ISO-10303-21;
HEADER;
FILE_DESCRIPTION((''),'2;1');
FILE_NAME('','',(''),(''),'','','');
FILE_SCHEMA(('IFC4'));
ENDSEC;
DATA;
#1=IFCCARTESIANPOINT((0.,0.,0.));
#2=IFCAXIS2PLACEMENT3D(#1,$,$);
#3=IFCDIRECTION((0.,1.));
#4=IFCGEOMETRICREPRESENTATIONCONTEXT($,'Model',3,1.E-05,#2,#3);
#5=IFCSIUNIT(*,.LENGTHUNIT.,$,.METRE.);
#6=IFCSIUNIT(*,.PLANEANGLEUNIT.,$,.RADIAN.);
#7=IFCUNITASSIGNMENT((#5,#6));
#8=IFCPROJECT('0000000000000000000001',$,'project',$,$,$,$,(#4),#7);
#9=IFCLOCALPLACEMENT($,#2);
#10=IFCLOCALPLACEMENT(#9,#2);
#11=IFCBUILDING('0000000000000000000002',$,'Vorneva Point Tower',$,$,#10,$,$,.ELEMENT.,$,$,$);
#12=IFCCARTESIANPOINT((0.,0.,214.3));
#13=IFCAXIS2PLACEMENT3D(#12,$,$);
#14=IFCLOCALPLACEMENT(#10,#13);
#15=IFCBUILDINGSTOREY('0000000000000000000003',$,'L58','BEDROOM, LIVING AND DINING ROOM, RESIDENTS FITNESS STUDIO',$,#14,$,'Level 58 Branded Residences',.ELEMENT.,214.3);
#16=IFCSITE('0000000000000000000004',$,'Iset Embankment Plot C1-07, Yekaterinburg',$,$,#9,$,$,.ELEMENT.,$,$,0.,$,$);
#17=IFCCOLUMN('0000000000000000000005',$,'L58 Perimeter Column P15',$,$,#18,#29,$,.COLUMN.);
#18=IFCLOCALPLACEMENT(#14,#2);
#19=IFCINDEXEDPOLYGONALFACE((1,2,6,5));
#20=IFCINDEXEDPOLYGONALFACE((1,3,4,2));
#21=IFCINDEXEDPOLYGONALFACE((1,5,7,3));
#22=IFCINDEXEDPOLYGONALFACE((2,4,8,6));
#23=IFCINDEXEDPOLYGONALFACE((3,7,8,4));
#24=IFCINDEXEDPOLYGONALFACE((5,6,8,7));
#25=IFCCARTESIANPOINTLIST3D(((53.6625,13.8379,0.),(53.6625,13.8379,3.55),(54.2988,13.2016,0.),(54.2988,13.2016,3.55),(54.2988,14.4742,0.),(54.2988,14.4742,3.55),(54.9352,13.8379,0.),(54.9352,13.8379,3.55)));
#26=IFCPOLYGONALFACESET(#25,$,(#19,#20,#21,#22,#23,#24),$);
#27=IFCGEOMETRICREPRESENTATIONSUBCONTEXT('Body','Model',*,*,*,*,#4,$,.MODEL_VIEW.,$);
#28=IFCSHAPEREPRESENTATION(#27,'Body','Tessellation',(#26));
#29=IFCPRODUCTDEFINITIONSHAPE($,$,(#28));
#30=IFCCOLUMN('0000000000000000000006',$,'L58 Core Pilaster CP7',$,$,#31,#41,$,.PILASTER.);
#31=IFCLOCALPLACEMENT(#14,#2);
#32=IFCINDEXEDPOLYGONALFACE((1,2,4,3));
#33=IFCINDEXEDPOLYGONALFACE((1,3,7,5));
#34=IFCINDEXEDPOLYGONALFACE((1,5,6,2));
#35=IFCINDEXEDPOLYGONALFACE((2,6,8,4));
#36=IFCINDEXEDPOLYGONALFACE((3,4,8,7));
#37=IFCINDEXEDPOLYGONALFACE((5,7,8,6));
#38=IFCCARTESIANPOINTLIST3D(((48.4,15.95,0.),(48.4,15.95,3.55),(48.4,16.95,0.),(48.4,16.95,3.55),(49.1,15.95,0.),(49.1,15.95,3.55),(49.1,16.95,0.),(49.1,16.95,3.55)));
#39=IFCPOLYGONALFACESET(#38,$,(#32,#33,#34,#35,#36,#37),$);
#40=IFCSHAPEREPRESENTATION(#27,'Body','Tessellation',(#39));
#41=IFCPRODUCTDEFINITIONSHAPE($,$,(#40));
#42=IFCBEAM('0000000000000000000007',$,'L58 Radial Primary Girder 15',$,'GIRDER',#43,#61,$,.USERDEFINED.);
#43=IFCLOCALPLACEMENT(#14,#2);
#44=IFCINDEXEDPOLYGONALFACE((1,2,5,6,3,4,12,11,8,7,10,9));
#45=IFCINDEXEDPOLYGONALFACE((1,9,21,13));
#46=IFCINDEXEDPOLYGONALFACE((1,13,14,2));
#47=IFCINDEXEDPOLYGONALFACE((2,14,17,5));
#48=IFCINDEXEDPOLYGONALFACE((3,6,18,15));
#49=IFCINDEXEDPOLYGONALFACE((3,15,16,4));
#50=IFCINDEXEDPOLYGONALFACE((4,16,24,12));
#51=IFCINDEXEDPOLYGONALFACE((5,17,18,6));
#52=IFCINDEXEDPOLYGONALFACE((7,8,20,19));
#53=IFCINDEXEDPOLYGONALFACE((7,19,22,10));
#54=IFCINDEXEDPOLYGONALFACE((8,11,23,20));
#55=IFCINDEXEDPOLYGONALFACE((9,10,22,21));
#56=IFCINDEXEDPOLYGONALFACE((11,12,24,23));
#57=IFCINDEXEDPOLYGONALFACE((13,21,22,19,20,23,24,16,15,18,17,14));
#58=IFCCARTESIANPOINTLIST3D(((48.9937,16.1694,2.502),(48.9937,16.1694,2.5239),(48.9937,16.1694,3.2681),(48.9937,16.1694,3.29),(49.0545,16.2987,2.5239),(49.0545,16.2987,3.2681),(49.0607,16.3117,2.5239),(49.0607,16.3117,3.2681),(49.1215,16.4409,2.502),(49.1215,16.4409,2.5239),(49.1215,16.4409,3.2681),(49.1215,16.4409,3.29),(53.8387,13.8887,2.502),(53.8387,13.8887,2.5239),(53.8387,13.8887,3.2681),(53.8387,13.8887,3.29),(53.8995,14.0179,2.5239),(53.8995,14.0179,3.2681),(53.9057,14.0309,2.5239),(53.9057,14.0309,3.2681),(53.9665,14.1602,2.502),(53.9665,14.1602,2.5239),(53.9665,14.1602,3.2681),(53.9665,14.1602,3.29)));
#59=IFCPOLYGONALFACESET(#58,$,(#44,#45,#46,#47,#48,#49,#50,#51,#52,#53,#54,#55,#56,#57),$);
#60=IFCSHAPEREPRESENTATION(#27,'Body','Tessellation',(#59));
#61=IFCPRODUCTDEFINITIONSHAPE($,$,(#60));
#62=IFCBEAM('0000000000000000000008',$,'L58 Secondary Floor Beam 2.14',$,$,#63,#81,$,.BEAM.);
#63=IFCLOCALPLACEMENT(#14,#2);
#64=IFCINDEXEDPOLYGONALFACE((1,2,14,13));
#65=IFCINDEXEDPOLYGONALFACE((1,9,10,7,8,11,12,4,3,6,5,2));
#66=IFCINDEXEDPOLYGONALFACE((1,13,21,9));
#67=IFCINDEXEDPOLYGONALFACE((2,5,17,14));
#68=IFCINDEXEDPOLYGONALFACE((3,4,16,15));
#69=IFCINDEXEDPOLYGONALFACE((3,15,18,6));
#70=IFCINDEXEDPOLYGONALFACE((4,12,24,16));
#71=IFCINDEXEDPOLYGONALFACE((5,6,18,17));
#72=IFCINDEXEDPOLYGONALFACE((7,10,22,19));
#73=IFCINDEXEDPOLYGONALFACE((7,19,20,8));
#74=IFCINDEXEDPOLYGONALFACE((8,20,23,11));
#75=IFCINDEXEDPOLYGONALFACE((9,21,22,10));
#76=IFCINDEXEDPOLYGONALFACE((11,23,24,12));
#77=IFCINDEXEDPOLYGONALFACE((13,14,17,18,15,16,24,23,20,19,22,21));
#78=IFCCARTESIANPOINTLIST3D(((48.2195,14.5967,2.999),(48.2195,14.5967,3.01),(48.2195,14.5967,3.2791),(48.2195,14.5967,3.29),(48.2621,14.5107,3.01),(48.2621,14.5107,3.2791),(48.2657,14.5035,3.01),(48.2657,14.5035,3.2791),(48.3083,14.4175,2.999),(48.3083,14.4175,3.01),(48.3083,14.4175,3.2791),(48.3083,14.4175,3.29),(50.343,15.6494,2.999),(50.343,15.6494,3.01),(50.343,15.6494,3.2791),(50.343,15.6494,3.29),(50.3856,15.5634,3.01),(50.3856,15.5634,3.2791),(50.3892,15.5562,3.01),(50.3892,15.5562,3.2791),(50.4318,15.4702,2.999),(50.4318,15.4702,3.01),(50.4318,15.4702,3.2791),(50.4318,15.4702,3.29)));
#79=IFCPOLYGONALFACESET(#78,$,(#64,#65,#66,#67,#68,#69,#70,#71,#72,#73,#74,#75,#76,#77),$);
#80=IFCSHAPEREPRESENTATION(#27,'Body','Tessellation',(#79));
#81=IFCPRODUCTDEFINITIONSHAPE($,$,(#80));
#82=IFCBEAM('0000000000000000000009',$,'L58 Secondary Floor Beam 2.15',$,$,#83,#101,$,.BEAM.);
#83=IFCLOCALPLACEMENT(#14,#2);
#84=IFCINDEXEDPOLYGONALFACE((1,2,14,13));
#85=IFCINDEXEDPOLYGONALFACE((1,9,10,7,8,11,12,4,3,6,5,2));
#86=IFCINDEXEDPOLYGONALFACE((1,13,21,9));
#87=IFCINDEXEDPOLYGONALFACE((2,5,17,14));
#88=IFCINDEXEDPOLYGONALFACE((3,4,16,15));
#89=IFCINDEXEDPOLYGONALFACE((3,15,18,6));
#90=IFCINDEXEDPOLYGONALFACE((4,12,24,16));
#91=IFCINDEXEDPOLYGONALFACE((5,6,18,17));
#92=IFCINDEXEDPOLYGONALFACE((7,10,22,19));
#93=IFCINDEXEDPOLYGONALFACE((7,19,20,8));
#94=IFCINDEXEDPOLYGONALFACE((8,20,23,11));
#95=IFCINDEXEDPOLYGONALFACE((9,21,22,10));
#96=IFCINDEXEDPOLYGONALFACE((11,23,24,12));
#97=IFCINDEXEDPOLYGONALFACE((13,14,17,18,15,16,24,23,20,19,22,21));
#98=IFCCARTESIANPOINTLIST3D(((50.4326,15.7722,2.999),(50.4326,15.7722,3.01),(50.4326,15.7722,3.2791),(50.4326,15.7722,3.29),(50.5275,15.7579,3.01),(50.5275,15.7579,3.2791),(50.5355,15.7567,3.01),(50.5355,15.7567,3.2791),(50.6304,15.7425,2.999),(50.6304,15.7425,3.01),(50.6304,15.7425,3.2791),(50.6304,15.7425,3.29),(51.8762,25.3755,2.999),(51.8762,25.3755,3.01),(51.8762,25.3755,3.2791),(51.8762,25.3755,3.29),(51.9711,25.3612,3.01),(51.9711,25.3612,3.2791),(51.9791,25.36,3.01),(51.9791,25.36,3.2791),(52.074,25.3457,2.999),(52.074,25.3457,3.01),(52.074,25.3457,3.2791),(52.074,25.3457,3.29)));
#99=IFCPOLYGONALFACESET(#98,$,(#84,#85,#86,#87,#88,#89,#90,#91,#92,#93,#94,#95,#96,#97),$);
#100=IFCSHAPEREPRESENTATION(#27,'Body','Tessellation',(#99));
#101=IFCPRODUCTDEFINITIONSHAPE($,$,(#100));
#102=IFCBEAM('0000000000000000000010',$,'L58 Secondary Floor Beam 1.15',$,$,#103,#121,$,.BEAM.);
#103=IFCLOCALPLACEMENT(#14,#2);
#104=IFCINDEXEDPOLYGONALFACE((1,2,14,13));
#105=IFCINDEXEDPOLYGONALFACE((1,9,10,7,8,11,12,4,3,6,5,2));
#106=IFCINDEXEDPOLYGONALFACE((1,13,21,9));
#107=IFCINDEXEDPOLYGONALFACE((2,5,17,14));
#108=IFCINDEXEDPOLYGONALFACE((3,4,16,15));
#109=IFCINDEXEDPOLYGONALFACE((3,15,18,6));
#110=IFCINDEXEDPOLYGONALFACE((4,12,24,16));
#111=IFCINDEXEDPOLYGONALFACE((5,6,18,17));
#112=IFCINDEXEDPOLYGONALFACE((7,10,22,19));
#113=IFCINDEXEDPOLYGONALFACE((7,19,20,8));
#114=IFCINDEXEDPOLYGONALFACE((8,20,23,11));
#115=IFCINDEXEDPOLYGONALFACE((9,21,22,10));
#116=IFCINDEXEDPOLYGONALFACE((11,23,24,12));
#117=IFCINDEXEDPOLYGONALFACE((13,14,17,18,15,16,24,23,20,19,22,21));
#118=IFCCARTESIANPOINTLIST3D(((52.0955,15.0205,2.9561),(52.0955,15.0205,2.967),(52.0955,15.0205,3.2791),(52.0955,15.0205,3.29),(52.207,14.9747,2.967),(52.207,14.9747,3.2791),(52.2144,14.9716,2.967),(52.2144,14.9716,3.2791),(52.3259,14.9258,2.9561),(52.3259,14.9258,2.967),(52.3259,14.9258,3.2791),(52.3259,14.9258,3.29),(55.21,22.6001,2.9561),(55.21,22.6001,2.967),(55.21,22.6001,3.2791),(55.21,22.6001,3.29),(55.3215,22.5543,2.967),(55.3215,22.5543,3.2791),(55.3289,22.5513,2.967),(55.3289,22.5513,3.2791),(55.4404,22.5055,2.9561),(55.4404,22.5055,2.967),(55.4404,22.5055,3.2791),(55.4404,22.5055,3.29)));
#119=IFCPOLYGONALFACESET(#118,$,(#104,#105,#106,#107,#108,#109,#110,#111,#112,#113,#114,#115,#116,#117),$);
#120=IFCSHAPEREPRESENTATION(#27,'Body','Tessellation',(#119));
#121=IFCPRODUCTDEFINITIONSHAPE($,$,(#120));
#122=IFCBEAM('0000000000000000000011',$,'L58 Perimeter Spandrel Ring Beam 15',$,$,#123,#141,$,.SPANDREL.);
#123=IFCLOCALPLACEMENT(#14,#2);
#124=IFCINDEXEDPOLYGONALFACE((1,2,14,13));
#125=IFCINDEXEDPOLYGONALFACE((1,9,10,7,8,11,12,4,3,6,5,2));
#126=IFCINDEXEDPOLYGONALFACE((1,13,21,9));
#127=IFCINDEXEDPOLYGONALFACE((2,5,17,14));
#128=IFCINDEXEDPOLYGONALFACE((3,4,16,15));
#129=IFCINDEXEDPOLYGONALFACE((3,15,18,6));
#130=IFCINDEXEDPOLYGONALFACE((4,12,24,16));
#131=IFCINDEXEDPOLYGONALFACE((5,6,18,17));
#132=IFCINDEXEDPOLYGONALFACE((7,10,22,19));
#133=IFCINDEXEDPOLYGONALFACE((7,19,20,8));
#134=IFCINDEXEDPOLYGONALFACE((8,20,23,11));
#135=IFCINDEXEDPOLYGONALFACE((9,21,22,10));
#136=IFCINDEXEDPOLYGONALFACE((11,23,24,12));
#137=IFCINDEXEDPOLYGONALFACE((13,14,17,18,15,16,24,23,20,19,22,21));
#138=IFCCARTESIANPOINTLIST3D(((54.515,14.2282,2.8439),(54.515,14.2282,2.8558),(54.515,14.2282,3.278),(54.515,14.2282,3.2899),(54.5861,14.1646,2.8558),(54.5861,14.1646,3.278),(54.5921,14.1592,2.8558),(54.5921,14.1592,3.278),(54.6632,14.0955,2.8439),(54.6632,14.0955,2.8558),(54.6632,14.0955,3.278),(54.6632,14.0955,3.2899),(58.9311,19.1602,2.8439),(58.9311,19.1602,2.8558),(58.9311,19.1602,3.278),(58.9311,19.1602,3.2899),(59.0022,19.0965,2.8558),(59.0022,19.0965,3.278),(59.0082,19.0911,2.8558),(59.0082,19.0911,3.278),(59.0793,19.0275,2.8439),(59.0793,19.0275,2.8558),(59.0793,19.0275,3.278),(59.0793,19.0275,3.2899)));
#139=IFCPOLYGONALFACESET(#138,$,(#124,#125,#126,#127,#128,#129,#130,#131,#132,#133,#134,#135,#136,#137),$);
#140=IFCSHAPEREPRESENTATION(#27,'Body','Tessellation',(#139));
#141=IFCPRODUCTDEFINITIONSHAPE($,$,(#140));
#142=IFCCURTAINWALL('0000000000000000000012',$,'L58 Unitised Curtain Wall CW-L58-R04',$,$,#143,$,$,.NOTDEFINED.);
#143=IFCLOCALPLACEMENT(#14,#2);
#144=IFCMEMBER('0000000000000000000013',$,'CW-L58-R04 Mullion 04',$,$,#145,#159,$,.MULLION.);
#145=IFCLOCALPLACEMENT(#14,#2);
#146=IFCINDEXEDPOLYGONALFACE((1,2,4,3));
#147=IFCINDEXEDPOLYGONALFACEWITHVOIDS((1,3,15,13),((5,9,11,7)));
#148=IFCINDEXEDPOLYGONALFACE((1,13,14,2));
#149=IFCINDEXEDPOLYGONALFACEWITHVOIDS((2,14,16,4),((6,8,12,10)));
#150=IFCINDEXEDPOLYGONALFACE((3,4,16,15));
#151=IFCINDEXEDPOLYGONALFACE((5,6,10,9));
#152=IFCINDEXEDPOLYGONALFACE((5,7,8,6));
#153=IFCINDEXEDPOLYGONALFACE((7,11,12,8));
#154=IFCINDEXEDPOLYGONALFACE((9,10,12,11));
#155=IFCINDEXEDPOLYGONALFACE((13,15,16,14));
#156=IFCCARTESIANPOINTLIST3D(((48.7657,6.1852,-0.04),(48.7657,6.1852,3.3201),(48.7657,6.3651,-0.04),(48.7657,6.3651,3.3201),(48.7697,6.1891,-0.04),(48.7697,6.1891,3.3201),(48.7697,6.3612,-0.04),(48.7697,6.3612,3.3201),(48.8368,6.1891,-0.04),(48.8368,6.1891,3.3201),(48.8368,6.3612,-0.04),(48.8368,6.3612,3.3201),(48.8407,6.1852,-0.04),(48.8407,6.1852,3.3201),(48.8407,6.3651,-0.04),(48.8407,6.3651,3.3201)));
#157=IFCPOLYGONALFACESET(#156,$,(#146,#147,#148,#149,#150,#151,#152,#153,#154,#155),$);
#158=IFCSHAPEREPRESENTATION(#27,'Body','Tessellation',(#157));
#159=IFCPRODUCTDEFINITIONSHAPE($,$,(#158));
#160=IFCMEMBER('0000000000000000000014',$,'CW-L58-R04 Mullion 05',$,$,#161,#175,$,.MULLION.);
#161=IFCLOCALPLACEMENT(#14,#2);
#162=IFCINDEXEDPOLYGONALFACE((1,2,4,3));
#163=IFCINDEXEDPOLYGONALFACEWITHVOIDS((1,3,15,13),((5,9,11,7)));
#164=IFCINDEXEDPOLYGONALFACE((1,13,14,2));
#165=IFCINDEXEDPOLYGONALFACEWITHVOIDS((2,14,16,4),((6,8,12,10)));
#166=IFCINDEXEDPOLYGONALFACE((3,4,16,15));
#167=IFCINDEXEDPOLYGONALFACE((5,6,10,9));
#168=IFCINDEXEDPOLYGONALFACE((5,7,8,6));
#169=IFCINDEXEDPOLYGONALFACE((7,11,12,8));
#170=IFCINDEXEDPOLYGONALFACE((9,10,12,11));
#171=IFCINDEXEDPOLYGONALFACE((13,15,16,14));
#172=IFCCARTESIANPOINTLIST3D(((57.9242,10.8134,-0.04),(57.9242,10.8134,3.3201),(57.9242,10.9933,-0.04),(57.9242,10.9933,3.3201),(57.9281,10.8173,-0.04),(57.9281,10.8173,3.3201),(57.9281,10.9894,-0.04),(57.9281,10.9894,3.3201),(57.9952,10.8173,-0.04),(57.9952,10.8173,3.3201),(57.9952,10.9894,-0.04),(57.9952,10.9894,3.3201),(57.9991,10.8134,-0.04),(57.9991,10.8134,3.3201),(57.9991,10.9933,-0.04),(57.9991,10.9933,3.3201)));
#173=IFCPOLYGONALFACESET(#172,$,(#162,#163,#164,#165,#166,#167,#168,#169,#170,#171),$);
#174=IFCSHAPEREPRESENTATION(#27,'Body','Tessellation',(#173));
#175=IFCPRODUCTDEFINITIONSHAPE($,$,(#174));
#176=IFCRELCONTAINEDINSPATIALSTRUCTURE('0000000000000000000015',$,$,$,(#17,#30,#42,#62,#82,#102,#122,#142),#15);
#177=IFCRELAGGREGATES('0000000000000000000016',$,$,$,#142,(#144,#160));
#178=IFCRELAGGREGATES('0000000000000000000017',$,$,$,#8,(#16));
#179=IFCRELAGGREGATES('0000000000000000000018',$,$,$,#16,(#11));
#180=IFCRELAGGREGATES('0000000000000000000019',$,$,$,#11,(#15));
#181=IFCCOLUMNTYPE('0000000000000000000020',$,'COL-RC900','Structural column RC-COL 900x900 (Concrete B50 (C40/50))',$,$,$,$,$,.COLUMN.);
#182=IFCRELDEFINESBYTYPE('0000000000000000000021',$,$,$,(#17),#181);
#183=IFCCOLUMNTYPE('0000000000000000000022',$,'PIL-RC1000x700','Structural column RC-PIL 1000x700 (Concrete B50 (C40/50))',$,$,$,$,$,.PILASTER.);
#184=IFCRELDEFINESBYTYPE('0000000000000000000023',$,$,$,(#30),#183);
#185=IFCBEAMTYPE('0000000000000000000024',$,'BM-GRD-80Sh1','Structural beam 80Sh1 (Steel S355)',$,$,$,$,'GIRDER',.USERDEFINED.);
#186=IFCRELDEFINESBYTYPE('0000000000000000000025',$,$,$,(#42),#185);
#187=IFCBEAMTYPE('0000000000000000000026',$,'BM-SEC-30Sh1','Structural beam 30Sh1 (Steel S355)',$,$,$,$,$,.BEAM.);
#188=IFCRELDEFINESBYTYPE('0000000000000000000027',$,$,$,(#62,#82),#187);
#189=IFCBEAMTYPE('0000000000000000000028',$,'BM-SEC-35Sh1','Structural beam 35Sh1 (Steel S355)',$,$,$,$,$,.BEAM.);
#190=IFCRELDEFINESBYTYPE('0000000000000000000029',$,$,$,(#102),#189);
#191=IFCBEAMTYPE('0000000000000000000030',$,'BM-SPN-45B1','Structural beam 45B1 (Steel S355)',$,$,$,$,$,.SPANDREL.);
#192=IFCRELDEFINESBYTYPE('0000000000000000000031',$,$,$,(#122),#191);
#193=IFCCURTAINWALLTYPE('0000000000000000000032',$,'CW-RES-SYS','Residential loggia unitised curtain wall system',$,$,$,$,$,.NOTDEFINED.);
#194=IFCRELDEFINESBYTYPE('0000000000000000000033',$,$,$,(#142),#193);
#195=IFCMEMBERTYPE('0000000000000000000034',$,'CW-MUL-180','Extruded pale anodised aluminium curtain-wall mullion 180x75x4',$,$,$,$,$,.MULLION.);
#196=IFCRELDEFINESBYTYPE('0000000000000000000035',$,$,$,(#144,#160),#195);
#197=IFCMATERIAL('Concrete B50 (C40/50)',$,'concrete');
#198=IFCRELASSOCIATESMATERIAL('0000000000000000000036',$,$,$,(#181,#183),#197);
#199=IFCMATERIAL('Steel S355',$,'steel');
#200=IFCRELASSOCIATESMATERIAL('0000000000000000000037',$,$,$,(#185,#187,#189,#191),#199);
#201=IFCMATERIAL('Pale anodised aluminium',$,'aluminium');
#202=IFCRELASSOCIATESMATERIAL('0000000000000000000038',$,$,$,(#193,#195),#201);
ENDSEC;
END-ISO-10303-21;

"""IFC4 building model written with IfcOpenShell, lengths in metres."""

from ifc_helpers import new_model, si_unit, direction, frame, origin, origin_2d, place, context, subcontext, project, spatial, rectangle, hollow_rectangle, i_section, extrude, material, material_profile, profile_set, type_object, element, aggregate, save


model = new_model("IFC4")

# Units and contexts
model_context = context("Model", 3, precision=1e-05, world=origin(), true_north=direction((0.0, 1.0)))
body_context = subcontext(model_context, "Body", "Model", "MODEL_VIEW")
ifc_project = project(units=[si_unit("LENGTHUNIT", "METRE"), si_unit("PLANEANGLEUNIT", "RADIAN")], contexts=[model_context])

# Site, building, storey
site_placement = place(None, origin())
site = spatial("IfcSite", under=ifc_project, at=site_placement, Name="Iset Embankment Plot C1-07, Yekaterinburg", CompositionType="ELEMENT", RefElevation=0.0)
building_placement = place(site_placement, origin())
building = spatial("IfcBuilding", under=site, at=building_placement, Name="Vorneva Point Tower", CompositionType="ELEMENT")
storey_placement = place(building_placement, frame((0.0, 0.0, 214.3)))
storey = spatial("IfcBuildingStorey", under=building, at=storey_placement, Name="L58", Description="BEDROOM, LIVING AND DINING ROOM, RESIDENTS FITNESS STUDIO", LongName="Level 58 Branded Residences", CompositionType="ELEMENT", Elevation=214.3)

# Columns
ifc_material_1 = material(Name="Concrete B50 (C40/50)", Category="concrete")
ifc_material_profile_1 = material_profile(ifc_material_1, rectangle(XDim=0.8999, YDim=0.8999, at=origin_2d()), Name="RC-COL 900x900")
ifc_profile_set_1 = profile_set([ifc_material_profile_1], Name="Concrete B50 (C40/50)")
column_type_1 = type_object("IfcColumnType", Name="COL-RC900", Description="Structural column RC-COL 900x900 (Concrete B50 (C40/50))", PredefinedType="COLUMN", material=ifc_profile_set_1)
column_1_placement = place(storey_placement, frame((54.2988, 13.8379, 0.0), z_axis=(0.0, 0.0, 1.0), x_axis=(0.707107, -0.707107, 0.0)))
element("IfcColumn", 1, at=column_1_placement, inside=storey, type_object=column_type_1, Name="L58 Perimeter Column P15", PredefinedType="COLUMN", context=body_context, shape_type="SweptSolid", body=[
    extrude(rectangle(XDim=0.8999, YDim=0.8999, at=origin_2d()), origin(), (0.0, 0.0, 1.0), 3.55),
])
ifc_material_profile_2 = material_profile(ifc_material_1, rectangle(XDim=0.7, YDim=1.0, at=origin_2d()), Name="RC-PIL 1000x700")
ifc_profile_set_2 = profile_set([ifc_material_profile_2], Name="Concrete B50 (C40/50)")
column_type_2 = type_object("IfcColumnType", Name="PIL-RC1000x700", Description="Structural column RC-PIL 1000x700 (Concrete B50 (C40/50))", PredefinedType="PILASTER", material=ifc_profile_set_2)
column_2_placement = place(storey_placement, frame((48.75, 16.45, 0.0), z_axis=(0.0, 0.0, 1.0), x_axis=(1.0, 0.0, 0.0)))
element("IfcColumn", 2, at=column_2_placement, inside=storey, type_object=column_type_2, Name="L58 Core Pilaster CP7", PredefinedType="PILASTER", context=body_context, shape_type="SweptSolid", body=[
    extrude(rectangle(XDim=0.7, YDim=1.0, at=origin_2d()), origin(), (0.0, 0.0, 1.0), 3.55),
])

# Beams
ifc_material_2 = material(Name="Steel S355", Category="steel")
ifc_material_profile_3 = material_profile(ifc_material_2, i_section(OverallWidth=0.3, OverallDepth=0.7881, WebThickness=0.0144, FlangeThickness=0.022, at=origin_2d()), Name="80Sh1")
ifc_profile_set_3 = profile_set([ifc_material_profile_3], Name="Steel S355")
beam_type_1 = type_object("IfcBeamType", Name="BM-GRD-80Sh1", Description="Structural beam 80Sh1 (Steel S355)", ElementType="GIRDER", PredefinedType="USERDEFINED", material=ifc_profile_set_3)
beam_1_placement = place(storey_placement, frame((53.9026, 14.0244, 2.896), z_axis=(-0.904763, 0.425916, 0.0), x_axis=(-0.425916, -0.904763, 0.0)))
element("IfcBeam", 3, at=beam_1_placement, inside=storey, type_object=beam_type_1, Name="L58 Radial Primary Girder 15", ObjectType="GIRDER", PredefinedType="USERDEFINED", context=body_context, shape_type="SweptSolid", body=[
    extrude(i_section(OverallWidth=0.3, OverallDepth=0.7881, WebThickness=0.0144, FlangeThickness=0.022, at=origin_2d()), origin(), (0.0, 0.0, 1.0), 5.355),
])
ifc_material_profile_4 = material_profile(ifc_material_2, i_section(OverallWidth=0.2, OverallDepth=0.291, WebThickness=0.0081, FlangeThickness=0.011, at=origin_2d()), Name="30Sh1")
ifc_profile_set_4 = profile_set([ifc_material_profile_4], Name="Steel S355")
beam_type_2 = type_object("IfcBeamType", Name="BM-SEC-30Sh1", Description="Structural beam 30Sh1 (Steel S355)", PredefinedType="BEAM", material=ifc_profile_set_4)
beam_2_placement = place(storey_placement, frame((48.2639, 14.5071, 3.1445), z_axis=(0.895946, 0.444162, 0.0), x_axis=(-0.444162, 0.895946, 0.0)))
element("IfcBeam", 4, at=beam_2_placement, inside=storey, type_object=beam_type_2, Name="L58 Secondary Floor Beam 2.14", PredefinedType="BEAM", context=body_context, shape_type="SweptSolid", body=[
    extrude(i_section(OverallWidth=0.2, OverallDepth=0.291, WebThickness=0.0081, FlangeThickness=0.011, at=origin_2d()), origin(), (0.0, 0.0, 1.0), 2.3701),
])
beam_3_placement = place(storey_placement, frame((50.5315, 15.7573, 3.1445), z_axis=(0.148654, 0.988889, 0.0), x_axis=(-0.988889, 0.148654, 0.0)))
element("IfcBeam", 5, at=beam_3_placement, inside=storey, type_object=beam_type_2, Name="L58 Secondary Floor Beam 2.15", PredefinedType="BEAM", context=body_context, shape_type="SweptSolid", body=[
    extrude(i_section(OverallWidth=0.2, OverallDepth=0.291, WebThickness=0.0081, FlangeThickness=0.011, at=origin_2d()), origin(), (0.0, 0.0, 1.0), 9.7112),
])
ifc_material_profile_5 = material_profile(ifc_material_2, i_section(OverallWidth=0.249, OverallDepth=0.334, WebThickness=0.0081, FlangeThickness=0.011, at=origin_2d()), Name="35Sh1")
ifc_profile_set_5 = profile_set([ifc_material_profile_5], Name="Steel S355")
beam_type_3 = type_object("IfcBeamType", Name="BM-SEC-35Sh1", Description="Structural beam 35Sh1 (Steel S355)", PredefinedType="BEAM", material=ifc_profile_set_5)
beam_4_placement = place(storey_placement, frame((52.2107, 14.9731, 3.123), z_axis=(0.380071, 0.924957, 0.0), x_axis=(-0.924957, 0.380071, 0.0)))
element("IfcBeam", 6, at=beam_4_placement, inside=storey, type_object=beam_type_3, Name="L58 Secondary Floor Beam 1.15", PredefinedType="BEAM", context=body_context, shape_type="SweptSolid", body=[
    extrude(i_section(OverallWidth=0.249, OverallDepth=0.334, WebThickness=0.0081, FlangeThickness=0.011, at=origin_2d()), origin(), (0.0, 0.0, 1.0), 8.1946),
])
ifc_material_profile_6 = material_profile(ifc_material_2, i_section(OverallWidth=0.199, OverallDepth=0.446, WebThickness=0.0081, FlangeThickness=0.012, at=origin_2d()), Name="45B1")
ifc_profile_set_6 = profile_set([ifc_material_profile_6], Name="Steel S355")
beam_type_4 = type_object("IfcBeamType", Name="BM-SPN-45B1", Description="Structural beam 45B1 (Steel S355)", PredefinedType="SPANDREL", material=ifc_profile_set_6)
beam_5_placement = place(storey_placement, frame((54.5891, 14.1619, 3.0669), z_axis=(0.66707, 0.744995, 0.0), x_axis=(-0.744995, 0.66707, 0.0)))
element("IfcBeam", 7, at=beam_5_placement, inside=storey, type_object=beam_type_4, Name="L58 Perimeter Spandrel Ring Beam 15", PredefinedType="SPANDREL", context=body_context, shape_type="SweptSolid", body=[
    extrude(i_section(OverallWidth=0.199, OverallDepth=0.446, WebThickness=0.0081, FlangeThickness=0.012, at=origin_2d()), origin(), (0.0, 0.0, 1.0), 6.6201),
])

# Curtain wall, members
ifc_material_3 = material(Name="Pale anodised aluminium", Category="aluminium")
curtain_wall_type = type_object("IfcCurtainWallType", Name="CW-RES-SYS", Description="Residential loggia unitised curtain wall system", PredefinedType="NOTDEFINED", material=ifc_material_3)
curtain_wall_placement = place(storey_placement, origin())
curtain_wall = element("IfcCurtainWall", 8, at=curtain_wall_placement, inside=storey, type_object=curtain_wall_type, Name="L58 Unitised Curtain Wall CW-L58-R04", PredefinedType="NOTDEFINED")
ifc_material_profile_7 = material_profile(ifc_material_3, hollow_rectangle(XDim=0.075, YDim=0.1799, WallThickness=0.0039, at=origin_2d()), Name="AL-MUL 180x75x4")
ifc_profile_set_7 = profile_set([ifc_material_profile_7], Name="Pale anodised aluminium")
member_type_1 = type_object("IfcMemberType", Name="CW-MUL-180", Description="Extruded pale anodised aluminium curtain-wall mullion 180x75x4", PredefinedType="MULLION", material=ifc_profile_set_7)
member_1_placement = place(storey_placement, frame((48.8032, 6.2751, -0.04), z_axis=(0.0, 0.0, 1.0), x_axis=(1.0, 0.0, 0.0)))
member_1 = element("IfcMember", 9, at=member_1_placement, type_object=member_type_1, Name="CW-L58-R04 Mullion 04", PredefinedType="MULLION", context=body_context, shape_type="SweptSolid", body=[
    extrude(hollow_rectangle(XDim=0.075, YDim=0.1799, WallThickness=0.0039, at=origin_2d()), origin(), (0.0, 0.0, 1.0), 3.3601),
])
member_2_placement = place(storey_placement, frame((57.9617, 10.9033, -0.04), z_axis=(0.0, 0.0, 1.0), x_axis=(1.0, 0.0, 0.0)))
member_2 = element("IfcMember", 10, at=member_2_placement, type_object=member_type_1, Name="CW-L58-R04 Mullion 05", PredefinedType="MULLION", context=body_context, shape_type="SweptSolid", body=[
    extrude(hollow_rectangle(XDim=0.075, YDim=0.1799, WallThickness=0.0039, at=origin_2d()), origin(), (0.0, 0.0, 1.0), 3.3601),
])
aggregate(curtain_wall, [member_1, member_2])

save(model, "model.ifc")
